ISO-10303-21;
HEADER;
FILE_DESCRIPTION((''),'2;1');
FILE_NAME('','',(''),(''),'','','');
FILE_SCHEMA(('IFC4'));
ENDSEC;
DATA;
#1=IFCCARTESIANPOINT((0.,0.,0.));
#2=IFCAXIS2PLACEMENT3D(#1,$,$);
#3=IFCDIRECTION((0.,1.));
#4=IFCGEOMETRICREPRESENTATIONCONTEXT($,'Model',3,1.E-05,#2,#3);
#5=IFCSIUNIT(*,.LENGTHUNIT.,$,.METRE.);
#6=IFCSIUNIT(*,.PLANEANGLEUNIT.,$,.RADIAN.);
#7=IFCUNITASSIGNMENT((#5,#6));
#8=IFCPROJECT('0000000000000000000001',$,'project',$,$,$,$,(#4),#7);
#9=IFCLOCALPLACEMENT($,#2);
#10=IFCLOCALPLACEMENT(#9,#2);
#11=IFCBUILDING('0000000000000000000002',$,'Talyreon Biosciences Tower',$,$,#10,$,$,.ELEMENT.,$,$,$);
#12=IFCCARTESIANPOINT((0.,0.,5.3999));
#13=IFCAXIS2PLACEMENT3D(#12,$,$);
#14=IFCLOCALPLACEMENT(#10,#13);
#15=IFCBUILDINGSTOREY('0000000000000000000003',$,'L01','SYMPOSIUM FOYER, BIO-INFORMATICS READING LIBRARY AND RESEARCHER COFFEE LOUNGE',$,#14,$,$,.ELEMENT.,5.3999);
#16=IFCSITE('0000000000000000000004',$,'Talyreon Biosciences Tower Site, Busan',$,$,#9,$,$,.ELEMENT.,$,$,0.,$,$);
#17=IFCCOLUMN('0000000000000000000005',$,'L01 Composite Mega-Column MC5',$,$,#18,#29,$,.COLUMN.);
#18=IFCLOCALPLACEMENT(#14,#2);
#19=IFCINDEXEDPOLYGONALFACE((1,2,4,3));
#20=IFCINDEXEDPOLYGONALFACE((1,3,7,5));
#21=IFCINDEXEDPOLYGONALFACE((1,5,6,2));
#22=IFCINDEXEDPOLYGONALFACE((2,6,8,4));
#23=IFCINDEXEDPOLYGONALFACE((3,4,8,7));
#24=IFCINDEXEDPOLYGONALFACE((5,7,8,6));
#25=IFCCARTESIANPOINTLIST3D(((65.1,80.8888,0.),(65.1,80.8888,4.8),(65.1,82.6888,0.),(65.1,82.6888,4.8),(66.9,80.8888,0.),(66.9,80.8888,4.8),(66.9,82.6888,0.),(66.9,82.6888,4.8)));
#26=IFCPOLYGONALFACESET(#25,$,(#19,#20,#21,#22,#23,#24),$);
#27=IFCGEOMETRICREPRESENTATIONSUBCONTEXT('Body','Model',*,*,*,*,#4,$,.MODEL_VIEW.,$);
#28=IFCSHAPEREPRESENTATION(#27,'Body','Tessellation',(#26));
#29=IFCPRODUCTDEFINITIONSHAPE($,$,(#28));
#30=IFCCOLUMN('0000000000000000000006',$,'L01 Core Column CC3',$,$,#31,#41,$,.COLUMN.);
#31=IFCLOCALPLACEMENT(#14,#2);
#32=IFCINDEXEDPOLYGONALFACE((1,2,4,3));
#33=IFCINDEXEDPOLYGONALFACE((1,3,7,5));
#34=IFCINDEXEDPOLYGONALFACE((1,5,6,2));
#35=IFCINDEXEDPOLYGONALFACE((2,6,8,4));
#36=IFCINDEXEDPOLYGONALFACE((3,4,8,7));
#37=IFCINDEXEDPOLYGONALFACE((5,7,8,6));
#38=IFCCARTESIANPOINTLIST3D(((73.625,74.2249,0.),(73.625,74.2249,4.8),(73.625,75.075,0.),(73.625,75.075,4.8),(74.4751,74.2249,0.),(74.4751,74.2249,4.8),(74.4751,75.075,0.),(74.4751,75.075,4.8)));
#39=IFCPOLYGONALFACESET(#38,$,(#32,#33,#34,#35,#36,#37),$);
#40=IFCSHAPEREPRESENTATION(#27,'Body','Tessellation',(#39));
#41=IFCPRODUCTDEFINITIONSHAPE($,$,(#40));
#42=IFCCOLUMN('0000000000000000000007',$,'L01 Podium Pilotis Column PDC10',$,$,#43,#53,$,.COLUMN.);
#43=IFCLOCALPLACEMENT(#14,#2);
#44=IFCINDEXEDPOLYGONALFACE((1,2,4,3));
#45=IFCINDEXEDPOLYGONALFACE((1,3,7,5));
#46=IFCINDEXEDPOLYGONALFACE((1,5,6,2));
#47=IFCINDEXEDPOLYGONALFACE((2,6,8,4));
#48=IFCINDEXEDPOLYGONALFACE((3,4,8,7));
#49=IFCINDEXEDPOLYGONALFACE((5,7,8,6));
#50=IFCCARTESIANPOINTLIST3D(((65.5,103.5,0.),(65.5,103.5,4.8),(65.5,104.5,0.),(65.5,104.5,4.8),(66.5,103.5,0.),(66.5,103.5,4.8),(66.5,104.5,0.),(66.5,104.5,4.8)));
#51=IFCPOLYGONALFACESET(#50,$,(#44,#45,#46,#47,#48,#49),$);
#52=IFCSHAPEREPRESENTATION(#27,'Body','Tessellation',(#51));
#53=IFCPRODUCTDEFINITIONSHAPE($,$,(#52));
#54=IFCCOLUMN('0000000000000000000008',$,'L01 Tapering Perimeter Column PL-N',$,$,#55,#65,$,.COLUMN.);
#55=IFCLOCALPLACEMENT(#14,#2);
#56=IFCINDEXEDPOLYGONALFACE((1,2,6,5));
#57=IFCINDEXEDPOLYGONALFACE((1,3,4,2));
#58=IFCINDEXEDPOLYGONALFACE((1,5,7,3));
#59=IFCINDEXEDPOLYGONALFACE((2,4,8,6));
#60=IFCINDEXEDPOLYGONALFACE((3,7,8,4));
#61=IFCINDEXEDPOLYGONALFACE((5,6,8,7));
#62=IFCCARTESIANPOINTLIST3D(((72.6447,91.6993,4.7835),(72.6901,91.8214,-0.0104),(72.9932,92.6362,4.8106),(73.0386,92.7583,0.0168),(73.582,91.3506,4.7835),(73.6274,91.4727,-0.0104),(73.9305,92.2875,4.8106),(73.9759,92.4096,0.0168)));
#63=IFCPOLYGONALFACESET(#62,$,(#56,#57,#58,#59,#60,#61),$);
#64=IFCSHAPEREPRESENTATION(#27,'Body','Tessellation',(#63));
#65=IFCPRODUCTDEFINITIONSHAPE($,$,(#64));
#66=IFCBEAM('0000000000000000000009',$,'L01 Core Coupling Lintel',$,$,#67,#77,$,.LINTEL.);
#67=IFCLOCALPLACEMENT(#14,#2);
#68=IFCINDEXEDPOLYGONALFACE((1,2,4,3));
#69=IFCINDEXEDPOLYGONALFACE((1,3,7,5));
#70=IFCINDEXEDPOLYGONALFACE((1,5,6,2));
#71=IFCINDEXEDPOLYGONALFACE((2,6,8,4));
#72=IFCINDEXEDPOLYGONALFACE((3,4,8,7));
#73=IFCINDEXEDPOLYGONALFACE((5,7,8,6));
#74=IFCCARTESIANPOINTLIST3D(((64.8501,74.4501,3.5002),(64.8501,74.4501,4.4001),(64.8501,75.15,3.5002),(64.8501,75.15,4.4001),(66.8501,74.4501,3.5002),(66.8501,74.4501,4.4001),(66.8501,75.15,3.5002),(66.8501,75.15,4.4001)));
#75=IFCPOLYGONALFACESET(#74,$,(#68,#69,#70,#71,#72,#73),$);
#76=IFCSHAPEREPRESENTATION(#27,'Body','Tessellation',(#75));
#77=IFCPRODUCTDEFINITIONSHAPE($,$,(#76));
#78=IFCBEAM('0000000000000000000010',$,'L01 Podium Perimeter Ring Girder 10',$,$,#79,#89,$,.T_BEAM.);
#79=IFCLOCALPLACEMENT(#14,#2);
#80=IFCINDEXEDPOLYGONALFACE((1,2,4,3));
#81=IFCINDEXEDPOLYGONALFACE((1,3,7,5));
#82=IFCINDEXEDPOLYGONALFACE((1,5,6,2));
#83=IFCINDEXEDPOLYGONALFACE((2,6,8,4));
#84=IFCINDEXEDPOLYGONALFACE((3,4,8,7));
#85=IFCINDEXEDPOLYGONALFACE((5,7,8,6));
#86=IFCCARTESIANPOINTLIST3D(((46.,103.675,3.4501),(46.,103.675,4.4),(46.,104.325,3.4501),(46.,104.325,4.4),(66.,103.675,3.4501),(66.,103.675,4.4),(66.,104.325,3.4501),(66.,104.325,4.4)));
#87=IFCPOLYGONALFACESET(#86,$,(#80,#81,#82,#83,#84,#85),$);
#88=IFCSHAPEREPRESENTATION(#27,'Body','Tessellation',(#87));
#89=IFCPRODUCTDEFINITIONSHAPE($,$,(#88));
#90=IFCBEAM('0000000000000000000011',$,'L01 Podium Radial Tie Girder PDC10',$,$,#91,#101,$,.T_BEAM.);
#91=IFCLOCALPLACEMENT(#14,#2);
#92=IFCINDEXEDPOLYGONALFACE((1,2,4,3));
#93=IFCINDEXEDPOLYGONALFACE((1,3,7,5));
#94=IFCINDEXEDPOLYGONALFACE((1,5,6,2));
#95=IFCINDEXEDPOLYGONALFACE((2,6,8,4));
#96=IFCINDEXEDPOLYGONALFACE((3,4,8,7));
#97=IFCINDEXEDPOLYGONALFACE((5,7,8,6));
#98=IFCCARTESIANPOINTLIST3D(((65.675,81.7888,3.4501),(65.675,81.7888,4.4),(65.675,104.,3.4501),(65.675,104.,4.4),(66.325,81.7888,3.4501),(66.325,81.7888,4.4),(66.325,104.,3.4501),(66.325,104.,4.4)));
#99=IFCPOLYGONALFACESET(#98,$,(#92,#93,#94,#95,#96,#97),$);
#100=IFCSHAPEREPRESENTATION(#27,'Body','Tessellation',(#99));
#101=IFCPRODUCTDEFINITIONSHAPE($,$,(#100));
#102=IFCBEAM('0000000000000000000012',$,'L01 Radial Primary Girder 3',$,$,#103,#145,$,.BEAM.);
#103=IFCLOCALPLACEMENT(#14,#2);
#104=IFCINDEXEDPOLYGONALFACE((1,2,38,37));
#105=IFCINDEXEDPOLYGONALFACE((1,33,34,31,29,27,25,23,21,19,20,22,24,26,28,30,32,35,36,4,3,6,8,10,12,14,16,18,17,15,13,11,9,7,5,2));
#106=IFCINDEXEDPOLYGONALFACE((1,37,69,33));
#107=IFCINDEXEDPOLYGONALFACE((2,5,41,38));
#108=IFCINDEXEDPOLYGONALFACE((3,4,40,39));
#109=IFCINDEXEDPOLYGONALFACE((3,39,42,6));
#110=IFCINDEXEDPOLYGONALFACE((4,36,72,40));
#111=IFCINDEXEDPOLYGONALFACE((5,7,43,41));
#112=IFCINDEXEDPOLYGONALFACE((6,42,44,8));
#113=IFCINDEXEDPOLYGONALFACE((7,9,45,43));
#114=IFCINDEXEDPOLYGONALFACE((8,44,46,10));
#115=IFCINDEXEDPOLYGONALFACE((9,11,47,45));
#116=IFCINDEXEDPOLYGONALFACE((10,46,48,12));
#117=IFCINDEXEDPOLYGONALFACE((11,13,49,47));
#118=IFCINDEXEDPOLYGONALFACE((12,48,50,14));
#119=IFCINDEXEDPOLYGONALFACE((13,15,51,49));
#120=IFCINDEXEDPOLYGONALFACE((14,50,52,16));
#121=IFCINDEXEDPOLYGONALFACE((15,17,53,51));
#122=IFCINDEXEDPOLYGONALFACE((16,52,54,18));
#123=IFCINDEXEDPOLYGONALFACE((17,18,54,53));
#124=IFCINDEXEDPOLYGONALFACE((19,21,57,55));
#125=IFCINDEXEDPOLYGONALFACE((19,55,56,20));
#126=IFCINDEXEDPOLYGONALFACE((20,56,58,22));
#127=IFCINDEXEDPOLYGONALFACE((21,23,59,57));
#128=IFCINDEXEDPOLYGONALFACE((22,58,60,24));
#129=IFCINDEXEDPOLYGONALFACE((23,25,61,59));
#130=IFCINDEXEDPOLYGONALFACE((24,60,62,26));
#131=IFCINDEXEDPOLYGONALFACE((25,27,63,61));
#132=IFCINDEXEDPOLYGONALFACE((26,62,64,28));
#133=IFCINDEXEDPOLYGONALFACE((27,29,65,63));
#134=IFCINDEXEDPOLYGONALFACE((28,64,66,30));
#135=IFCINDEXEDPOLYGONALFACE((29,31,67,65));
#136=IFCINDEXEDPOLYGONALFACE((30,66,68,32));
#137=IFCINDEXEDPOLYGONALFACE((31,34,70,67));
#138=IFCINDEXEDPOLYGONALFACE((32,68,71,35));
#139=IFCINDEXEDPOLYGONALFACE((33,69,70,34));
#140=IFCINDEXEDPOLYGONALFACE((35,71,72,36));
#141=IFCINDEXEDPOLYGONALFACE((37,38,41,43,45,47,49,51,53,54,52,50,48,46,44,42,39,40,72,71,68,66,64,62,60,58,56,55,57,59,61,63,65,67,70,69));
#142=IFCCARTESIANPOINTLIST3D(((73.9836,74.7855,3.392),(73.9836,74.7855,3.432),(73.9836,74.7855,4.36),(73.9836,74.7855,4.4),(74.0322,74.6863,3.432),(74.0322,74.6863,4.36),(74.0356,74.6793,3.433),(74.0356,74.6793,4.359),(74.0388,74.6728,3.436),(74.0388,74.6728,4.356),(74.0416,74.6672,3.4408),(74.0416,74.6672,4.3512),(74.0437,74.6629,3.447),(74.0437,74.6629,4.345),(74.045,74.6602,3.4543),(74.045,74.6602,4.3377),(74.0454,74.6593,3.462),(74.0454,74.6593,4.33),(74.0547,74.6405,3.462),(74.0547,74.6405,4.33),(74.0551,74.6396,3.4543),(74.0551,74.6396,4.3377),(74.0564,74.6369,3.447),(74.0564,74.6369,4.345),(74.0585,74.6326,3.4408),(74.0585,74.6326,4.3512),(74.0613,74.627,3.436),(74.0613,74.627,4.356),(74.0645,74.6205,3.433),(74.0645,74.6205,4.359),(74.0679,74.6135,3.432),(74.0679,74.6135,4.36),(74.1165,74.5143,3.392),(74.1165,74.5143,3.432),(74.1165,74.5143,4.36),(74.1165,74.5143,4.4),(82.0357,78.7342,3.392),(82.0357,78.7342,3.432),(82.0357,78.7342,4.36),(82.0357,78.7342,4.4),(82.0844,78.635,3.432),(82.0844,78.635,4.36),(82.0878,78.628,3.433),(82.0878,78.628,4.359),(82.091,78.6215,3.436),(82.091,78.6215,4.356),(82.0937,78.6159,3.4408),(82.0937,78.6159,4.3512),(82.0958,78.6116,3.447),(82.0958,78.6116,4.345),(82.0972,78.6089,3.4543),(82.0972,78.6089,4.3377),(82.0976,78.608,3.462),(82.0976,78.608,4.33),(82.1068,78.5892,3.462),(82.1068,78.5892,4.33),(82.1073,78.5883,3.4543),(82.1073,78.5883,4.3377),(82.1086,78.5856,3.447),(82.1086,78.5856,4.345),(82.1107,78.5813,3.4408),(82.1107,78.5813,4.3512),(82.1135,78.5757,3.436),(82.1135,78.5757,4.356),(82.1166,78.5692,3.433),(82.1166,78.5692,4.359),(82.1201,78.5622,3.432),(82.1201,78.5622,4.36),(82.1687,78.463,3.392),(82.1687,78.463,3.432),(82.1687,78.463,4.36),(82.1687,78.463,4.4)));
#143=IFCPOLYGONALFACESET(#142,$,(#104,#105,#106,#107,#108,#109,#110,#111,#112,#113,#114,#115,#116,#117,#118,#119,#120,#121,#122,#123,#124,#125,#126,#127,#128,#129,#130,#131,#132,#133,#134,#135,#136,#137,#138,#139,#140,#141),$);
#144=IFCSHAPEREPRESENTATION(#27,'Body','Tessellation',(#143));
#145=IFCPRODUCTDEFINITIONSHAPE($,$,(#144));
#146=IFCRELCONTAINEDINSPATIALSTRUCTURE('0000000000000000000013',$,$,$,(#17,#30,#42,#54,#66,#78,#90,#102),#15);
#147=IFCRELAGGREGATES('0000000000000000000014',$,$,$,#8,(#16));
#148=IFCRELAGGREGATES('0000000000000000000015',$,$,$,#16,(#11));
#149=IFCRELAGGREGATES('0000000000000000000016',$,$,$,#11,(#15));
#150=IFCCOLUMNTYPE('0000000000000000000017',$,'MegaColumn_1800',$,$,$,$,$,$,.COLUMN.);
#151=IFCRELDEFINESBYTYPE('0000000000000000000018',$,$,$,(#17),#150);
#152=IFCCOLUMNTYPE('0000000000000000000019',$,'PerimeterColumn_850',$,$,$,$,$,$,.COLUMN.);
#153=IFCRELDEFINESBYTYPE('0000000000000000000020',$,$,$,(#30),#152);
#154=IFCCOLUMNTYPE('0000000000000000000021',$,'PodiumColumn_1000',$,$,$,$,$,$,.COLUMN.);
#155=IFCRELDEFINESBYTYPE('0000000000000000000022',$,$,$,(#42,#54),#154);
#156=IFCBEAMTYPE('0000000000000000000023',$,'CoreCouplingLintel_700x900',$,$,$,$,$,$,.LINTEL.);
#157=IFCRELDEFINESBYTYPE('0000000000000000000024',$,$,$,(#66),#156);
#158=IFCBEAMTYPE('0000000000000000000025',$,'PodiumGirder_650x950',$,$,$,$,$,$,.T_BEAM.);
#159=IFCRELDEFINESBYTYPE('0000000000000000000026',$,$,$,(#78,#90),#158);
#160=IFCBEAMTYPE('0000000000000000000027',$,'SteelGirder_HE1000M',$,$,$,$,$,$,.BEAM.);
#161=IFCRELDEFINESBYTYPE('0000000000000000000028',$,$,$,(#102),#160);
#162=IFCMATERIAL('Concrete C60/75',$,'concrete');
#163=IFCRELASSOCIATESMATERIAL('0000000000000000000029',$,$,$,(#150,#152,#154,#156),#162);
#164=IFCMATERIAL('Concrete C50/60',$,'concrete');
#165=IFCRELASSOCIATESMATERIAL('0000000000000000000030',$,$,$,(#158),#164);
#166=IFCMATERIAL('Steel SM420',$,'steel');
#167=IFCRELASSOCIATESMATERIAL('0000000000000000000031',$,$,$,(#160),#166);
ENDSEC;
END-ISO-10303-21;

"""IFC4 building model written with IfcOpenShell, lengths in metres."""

from ifc_helpers import new_model, si_unit, direction, frame, origin, origin_2d, place, context, subcontext, project, spatial, rectangle, i_section, extrude, material, material_profile, profile_set, type_object, element, save


model = new_model("IFC4")

# Units and contexts
model_context = context("Model", 3, precision=1e-05, world=origin(), true_north=direction((0.0, 1.0)))
body_context = subcontext(model_context, "Body", "Model", "MODEL_VIEW")
ifc_project = project(units=[si_unit("LENGTHUNIT", "METRE"), si_unit("PLANEANGLEUNIT", "RADIAN")], contexts=[model_context])

# Site, building, storey
site_placement = place(None, origin())
site = spatial("IfcSite", under=ifc_project, at=site_placement, Name="Talyreon Biosciences Tower Site, Busan", CompositionType="ELEMENT", RefElevation=0.0)
building_placement = place(site_placement, origin())
building = spatial("IfcBuilding", under=site, at=building_placement, Name="Talyreon Biosciences Tower", CompositionType="ELEMENT")
storey_placement = place(building_placement, frame((0.0, 0.0, 5.3999)))
storey = spatial("IfcBuildingStorey", under=building, at=storey_placement, Name="L01", Description="SYMPOSIUM FOYER, BIO-INFORMATICS READING LIBRARY AND RESEARCHER COFFEE LOUNGE", CompositionType="ELEMENT", Elevation=5.3999)

# Columns
ifc_material_1 = material(Name="Concrete C60/75", Category="concrete")
ifc_material_profile_1 = material_profile(ifc_material_1, rectangle(XDim=1.8, YDim=1.8, at=origin_2d()), Name="RC 1800x1800")
ifc_profile_set_1 = profile_set([ifc_material_profile_1], Name="Concrete C60/75")
column_type_1 = type_object("IfcColumnType", Name="MegaColumn_1800", PredefinedType="COLUMN", material=ifc_profile_set_1)
column_1_placement = place(storey_placement, frame((66.0, 81.7888, 0.0), z_axis=(0.0, 0.0, 1.0), x_axis=(1.0, 0.0, 0.0)))
element("IfcColumn", 1, at=column_1_placement, inside=storey, type_object=column_type_1, Name="L01 Composite Mega-Column MC5", PredefinedType="COLUMN", context=body_context, shape_type="SweptSolid", body=[
    extrude(rectangle(XDim=1.8, YDim=1.8, at=origin_2d()), origin(), (0.0, 0.0, 1.0), 4.8),
])
ifc_material_profile_2 = material_profile(ifc_material_1, rectangle(XDim=0.8501, YDim=0.8501, at=origin_2d()), Name="RC 850x850")
ifc_profile_set_2 = profile_set([ifc_material_profile_2], Name="Concrete C60/75")
column_type_2 = type_object("IfcColumnType", Name="PerimeterColumn_850", PredefinedType="COLUMN", material=ifc_profile_set_2)
column_2_placement = place(storey_placement, frame((74.05, 74.6499, 0.0), z_axis=(0.0, 0.0, 1.0), x_axis=(1.0, 0.0, 0.0)))
element("IfcColumn", 2, at=column_2_placement, inside=storey, type_object=column_type_2, Name="L01 Core Column CC3", PredefinedType="COLUMN", context=body_context, shape_type="SweptSolid", body=[
    extrude(rectangle(XDim=0.8501, YDim=0.8501, at=origin_2d()), origin(), (0.0, 0.0, 1.0), 4.8),
])
ifc_material_profile_3 = material_profile(ifc_material_1, rectangle(XDim=1.0, YDim=1.0, at=origin_2d()), Name="RC 1000x1000")
ifc_profile_set_3 = profile_set([ifc_material_profile_3], Name="Concrete C60/75")
column_type_3 = type_object("IfcColumnType", Name="PodiumColumn_1000", PredefinedType="COLUMN", material=ifc_profile_set_3)
column_3_placement = place(storey_placement, frame((66.0, 104.0, 0.0), z_axis=(0.0, 0.0, 1.0), x_axis=(1.0, 0.0, 0.0)))
element("IfcColumn", 3, at=column_3_placement, inside=storey, type_object=column_type_3, Name="L01 Podium Pilotis Column PDC10", PredefinedType="COLUMN", context=body_context, shape_type="SweptSolid", body=[
    extrude(rectangle(XDim=1.0, YDim=1.0, at=origin_2d()), origin(), (0.0, 0.0, 1.0), 4.8),
])
column_4_placement = place(storey_placement, frame((73.333, 92.1155, 0.0032), z_axis=(-0.009469, -0.025454, 0.999631), x_axis=(-0.93725, 0.348657, 0.0)))
element("IfcColumn", 4, at=column_4_placement, inside=storey, type_object=column_type_3, Name="L01 Tapering Perimeter Column PL-N", PredefinedType="COLUMN", context=body_context, shape_type="SweptSolid", body=[
    extrude(rectangle(XDim=1.0, YDim=1.0, at=origin_2d()), origin(), (0.0, 0.0, 1.0), 4.7957),
])

# Beams
ifc_material_profile_4 = material_profile(ifc_material_1, rectangle(XDim=0.7, YDim=0.8999, at=origin_2d()), Name="RCB 700x900")
ifc_profile_set_4 = profile_set([ifc_material_profile_4], Name="Concrete C60/75")
beam_type_1 = type_object("IfcBeamType", Name="CoreCouplingLintel_700x900", PredefinedType="LINTEL", material=ifc_profile_set_4)
beam_1_placement = place(storey_placement, frame((64.8501, 74.8, 3.9502), z_axis=(1.0, 0.0, 0.0), x_axis=(0.0, 1.0, 0.0)))
element("IfcBeam", 5, at=beam_1_placement, inside=storey, type_object=beam_type_1, Name="L01 Core Coupling Lintel", PredefinedType="LINTEL", context=body_context, shape_type="SweptSolid", body=[
    extrude(rectangle(XDim=0.7, YDim=0.8999, at=origin_2d()), origin(), (0.0, 0.0, 1.0), 2.0),
])
ifc_material_2 = material(Name="Concrete C50/60", Category="concrete")
ifc_material_profile_5 = material_profile(ifc_material_2, rectangle(XDim=0.6499, YDim=0.95, at=origin_2d()), Name="RCB 650x950")
ifc_profile_set_5 = profile_set([ifc_material_profile_5], Name="Concrete C50/60")
beam_type_2 = type_object("IfcBeamType", Name="PodiumGirder_650x950", PredefinedType="T_BEAM", material=ifc_profile_set_5)
beam_2_placement = place(storey_placement, frame((66.0, 104.0, 3.925), z_axis=(-1.0, 0.0, 0.0), x_axis=(0.0, -1.0, 0.0)))
element("IfcBeam", 6, at=beam_2_placement, inside=storey, type_object=beam_type_2, Name="L01 Podium Perimeter Ring Girder 10", PredefinedType="T_BEAM", context=body_context, shape_type="SweptSolid", body=[
    extrude(rectangle(XDim=0.6499, YDim=0.95, at=origin_2d()), origin(), (0.0, 0.0, 1.0), 20.0),
])
beam_3_placement = place(storey_placement, frame((66.0, 81.7888, 3.925), z_axis=(0.0, 1.0, 0.0), x_axis=(-1.0, 0.0, 0.0)))
element("IfcBeam", 7, at=beam_3_placement, inside=storey, type_object=beam_type_2, Name="L01 Podium Radial Tie Girder PDC10", PredefinedType="T_BEAM", context=body_context, shape_type="SweptSolid", body=[
    extrude(rectangle(XDim=0.6499, YDim=0.95, at=origin_2d()), origin(), (0.0, 0.0, 1.0), 22.2112),
])
ifc_material_3 = material(Name="Steel SM420", Category="steel")
ifc_material_profile_6 = material_profile(ifc_material_3, i_section(OverallWidth=0.302, OverallDepth=1.0081, WebThickness=0.021, FlangeThickness=0.04, FilletRadius=0.03, at=origin_2d()), Name="HE1000M")
ifc_profile_set_6 = profile_set([ifc_material_profile_6], Name="Steel SM420")
beam_type_3 = type_object("IfcBeamType", Name="SteelGirder_HE1000M", PredefinedType="BEAM", material=ifc_profile_set_6)
beam_4_placement = place(storey_placement, frame((74.05, 74.6499, 3.896), z_axis=(0.897852, 0.440297, 0.0), x_axis=(-0.440297, 0.897852, 0.0)))
element("IfcBeam", 8, at=beam_4_placement, inside=storey, type_object=beam_type_3, Name="L01 Radial Primary Girder 3", PredefinedType="BEAM", context=body_context, shape_type="SweptSolid", body=[
    extrude(i_section(OverallWidth=0.302, OverallDepth=1.0081, WebThickness=0.021, FlangeThickness=0.04, FilletRadius=0.03, at=origin_2d()), origin(), (0.0, 0.0, 1.0), 8.9683),
])

save(model, "model.ifc")
